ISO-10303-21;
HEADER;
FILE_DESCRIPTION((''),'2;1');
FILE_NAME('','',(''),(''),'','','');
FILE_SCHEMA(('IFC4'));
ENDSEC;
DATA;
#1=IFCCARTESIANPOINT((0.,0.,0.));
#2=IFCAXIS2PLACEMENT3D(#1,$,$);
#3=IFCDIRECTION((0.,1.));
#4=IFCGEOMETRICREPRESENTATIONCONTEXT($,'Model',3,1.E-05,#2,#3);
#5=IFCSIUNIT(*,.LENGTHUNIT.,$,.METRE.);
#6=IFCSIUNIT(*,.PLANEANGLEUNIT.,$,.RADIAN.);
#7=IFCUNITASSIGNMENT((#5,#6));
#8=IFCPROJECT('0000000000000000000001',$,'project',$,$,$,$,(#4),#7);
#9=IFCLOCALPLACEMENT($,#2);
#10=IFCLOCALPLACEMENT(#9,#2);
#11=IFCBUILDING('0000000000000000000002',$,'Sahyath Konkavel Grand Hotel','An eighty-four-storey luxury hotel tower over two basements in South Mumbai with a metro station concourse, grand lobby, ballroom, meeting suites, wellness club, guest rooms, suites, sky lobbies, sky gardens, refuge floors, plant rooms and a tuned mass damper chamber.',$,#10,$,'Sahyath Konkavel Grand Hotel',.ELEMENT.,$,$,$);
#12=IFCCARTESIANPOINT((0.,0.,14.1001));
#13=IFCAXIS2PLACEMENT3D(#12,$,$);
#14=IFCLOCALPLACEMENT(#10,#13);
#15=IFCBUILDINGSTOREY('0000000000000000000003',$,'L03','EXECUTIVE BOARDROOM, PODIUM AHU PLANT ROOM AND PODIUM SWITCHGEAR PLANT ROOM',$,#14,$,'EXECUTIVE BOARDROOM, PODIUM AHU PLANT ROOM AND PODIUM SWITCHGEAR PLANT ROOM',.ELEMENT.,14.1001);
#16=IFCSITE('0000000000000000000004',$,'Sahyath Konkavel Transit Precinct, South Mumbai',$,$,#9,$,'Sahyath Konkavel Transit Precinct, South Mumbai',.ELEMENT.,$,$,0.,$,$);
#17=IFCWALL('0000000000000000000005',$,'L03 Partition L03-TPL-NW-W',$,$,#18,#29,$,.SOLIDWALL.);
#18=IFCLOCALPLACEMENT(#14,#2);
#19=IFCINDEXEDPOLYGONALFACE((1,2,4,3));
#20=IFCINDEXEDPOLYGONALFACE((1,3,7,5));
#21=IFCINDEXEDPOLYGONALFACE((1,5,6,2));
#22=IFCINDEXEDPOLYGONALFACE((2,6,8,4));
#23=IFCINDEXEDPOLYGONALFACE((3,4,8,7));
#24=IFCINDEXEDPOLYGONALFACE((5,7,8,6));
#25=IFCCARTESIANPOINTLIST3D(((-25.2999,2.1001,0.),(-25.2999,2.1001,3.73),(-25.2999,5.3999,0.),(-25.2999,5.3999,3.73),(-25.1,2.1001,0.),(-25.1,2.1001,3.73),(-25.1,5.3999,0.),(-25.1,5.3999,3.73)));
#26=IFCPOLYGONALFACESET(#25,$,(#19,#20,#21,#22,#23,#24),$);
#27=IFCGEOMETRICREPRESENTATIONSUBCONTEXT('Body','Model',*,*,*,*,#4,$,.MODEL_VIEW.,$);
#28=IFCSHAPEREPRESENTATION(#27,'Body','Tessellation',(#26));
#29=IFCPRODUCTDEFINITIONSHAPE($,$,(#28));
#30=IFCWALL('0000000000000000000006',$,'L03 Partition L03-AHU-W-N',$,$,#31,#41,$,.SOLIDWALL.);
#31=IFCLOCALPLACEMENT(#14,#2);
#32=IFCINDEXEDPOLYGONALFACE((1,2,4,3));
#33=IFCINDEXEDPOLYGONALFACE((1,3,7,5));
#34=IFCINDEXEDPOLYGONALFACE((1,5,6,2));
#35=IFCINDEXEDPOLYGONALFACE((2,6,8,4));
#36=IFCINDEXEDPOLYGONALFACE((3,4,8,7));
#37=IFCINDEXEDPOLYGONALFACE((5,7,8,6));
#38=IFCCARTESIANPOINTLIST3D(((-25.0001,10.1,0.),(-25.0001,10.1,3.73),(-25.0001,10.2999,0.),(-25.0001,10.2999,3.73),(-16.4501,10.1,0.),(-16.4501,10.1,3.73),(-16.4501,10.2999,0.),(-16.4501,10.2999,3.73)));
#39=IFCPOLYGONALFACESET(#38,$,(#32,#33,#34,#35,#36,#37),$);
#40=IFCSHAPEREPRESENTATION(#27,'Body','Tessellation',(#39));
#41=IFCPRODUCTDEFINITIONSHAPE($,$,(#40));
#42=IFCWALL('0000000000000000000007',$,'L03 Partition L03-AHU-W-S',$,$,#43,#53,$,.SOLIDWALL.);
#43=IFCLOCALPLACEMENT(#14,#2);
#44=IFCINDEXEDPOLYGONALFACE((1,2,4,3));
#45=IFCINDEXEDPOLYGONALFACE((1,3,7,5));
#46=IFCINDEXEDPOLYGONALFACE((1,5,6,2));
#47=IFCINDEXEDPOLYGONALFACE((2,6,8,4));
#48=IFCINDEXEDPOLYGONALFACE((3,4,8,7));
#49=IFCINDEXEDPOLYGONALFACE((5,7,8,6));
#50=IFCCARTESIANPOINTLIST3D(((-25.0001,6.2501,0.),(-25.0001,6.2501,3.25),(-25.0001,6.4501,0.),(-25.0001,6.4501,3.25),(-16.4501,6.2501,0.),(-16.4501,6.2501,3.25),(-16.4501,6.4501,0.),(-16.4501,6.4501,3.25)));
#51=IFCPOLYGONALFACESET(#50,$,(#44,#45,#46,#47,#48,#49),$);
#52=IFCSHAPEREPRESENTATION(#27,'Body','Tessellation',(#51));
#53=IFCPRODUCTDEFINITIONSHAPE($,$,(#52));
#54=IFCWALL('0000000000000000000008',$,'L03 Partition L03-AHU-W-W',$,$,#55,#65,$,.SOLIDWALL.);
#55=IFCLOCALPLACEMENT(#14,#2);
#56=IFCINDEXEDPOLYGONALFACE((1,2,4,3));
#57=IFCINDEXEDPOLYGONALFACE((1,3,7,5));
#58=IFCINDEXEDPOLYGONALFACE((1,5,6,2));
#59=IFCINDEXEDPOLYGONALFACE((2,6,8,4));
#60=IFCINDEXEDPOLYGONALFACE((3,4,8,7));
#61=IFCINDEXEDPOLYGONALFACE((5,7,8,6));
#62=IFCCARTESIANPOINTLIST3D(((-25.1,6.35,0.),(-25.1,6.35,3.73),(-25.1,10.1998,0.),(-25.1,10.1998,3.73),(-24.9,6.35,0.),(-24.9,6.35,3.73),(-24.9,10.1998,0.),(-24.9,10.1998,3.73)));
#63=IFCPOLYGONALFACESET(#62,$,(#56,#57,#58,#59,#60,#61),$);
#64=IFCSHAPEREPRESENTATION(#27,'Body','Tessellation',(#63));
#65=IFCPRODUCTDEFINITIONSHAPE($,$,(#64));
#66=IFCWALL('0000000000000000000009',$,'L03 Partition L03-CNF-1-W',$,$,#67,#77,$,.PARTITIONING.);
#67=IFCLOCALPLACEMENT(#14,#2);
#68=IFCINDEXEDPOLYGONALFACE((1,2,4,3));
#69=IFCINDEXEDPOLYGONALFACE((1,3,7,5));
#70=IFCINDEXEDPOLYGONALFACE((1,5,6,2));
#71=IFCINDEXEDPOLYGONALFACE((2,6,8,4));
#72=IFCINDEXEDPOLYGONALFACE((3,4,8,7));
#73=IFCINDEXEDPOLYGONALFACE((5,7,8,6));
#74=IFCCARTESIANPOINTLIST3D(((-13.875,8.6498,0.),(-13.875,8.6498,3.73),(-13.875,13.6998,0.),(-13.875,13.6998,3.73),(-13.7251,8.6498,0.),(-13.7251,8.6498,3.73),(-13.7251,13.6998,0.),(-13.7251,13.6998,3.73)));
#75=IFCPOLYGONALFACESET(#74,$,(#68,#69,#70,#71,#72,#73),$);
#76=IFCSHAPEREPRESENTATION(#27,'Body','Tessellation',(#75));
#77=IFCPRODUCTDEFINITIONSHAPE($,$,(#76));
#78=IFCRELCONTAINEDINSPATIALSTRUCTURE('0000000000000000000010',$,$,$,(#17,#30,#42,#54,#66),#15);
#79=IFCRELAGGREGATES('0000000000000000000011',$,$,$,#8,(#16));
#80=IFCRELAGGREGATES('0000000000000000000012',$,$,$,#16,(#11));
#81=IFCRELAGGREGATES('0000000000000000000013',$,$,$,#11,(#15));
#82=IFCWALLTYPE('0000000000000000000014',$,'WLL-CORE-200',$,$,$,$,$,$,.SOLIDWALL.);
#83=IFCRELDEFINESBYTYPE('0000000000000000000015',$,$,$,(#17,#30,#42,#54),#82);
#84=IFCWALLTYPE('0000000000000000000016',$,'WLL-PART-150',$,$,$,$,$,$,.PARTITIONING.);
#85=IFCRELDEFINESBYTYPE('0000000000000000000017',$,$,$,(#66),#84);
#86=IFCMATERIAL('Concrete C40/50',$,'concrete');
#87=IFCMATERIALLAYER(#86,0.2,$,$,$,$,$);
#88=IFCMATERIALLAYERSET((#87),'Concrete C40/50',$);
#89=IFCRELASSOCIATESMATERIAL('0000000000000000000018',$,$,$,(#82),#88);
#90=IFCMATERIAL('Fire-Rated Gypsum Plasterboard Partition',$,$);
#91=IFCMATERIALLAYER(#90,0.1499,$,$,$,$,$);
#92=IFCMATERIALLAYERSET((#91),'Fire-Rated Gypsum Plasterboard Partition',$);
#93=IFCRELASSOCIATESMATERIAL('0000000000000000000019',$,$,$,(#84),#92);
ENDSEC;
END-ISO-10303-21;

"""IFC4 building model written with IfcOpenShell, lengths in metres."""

from ifc_helpers import new_model, si_unit, direction, frame, frame_2d, origin, place, context, subcontext, project, spatial, rectangle, extrude, material, layer, layer_set, type_object, element, save


model = new_model("IFC4")

# Units and contexts
model_context = context("Model", 3, precision=1e-05, world=origin(), true_north=direction((0.0, 1.0)))
body_context = subcontext(model_context, "Body", "Model", "MODEL_VIEW")
ifc_project = project(units=[si_unit("LENGTHUNIT", "METRE"), si_unit("PLANEANGLEUNIT", "RADIAN")], contexts=[model_context])

# Site, building, storey
site_placement = place(None, origin())
site = spatial("IfcSite", under=ifc_project, at=site_placement, Name="Sahyath Konkavel Transit Precinct, South Mumbai", LongName="Sahyath Konkavel Transit Precinct, South Mumbai", CompositionType="ELEMENT", RefElevation=0.0)
building_placement = place(site_placement, origin())
building = spatial("IfcBuilding", under=site, at=building_placement, Name="Sahyath Konkavel Grand Hotel", Description="An eighty-four-storey luxury hotel tower over two basements in South Mumbai with a metro station concourse, grand lobby, ballroom, meeting suites, wellness club, guest rooms, suites, sky lobbies, sky gardens, refuge floors, plant rooms and a tuned mass damper chamber.", LongName="Sahyath Konkavel Grand Hotel", CompositionType="ELEMENT")
storey_placement = place(building_placement, frame((0.0, 0.0, 14.1001)))
storey = spatial("IfcBuildingStorey", under=building, at=storey_placement, Name="L03", Description="EXECUTIVE BOARDROOM, PODIUM AHU PLANT ROOM AND PODIUM SWITCHGEAR PLANT ROOM", LongName="EXECUTIVE BOARDROOM, PODIUM AHU PLANT ROOM AND PODIUM SWITCHGEAR PLANT ROOM", CompositionType="ELEMENT", Elevation=14.1001)

# Shared definitions
ifc_material_1 = material(Name="Concrete C40/50", Category="concrete")

# Walls
ifc_layer_1 = layer(ifc_material_1, 0.2)
ifc_layer_set_1 = layer_set([ifc_layer_1], Name="Concrete C40/50")
wall_type_1 = type_object("IfcWallType", Name="WLL-CORE-200", PredefinedType="SOLIDWALL", material=ifc_layer_set_1)
wall_1_placement = place(storey_placement, frame((-25.2, 2.1001, 0.0), z_axis=(0.0, 0.0, 1.0), x_axis=(0.0, 1.0, 0.0)))
element("IfcWall", 1, at=wall_1_placement, inside=storey, type_object=wall_type_1, Name="L03 Partition L03-TPL-NW-W", PredefinedType="SOLIDWALL", context=body_context, shape_type="SweptSolid", body=[
    extrude(rectangle(XDim=3.2998, YDim=0.2, at=frame_2d((1.6499, 0.0))), origin(), (0.0, 0.0, 1.0), 3.73),
])
wall_2_placement = place(storey_placement, frame((-25.0, 10.2, 0.0), z_axis=(0.0, 0.0, 1.0), x_axis=(1.0, 0.0, 0.0)))
element("IfcWall", 2, at=wall_2_placement, inside=storey, type_object=wall_type_1, Name="L03 Partition L03-AHU-W-N", PredefinedType="SOLIDWALL", context=body_context, shape_type="SweptSolid", body=[
    extrude(rectangle(XDim=8.55, YDim=0.2, at=frame_2d((4.2749, 0.0))), origin(), (0.0, 0.0, 1.0), 3.73),
])
wall_3_placement = place(storey_placement, frame((-25.0, 6.3501, 0.0), z_axis=(0.0, 0.0, 1.0), x_axis=(1.0, 0.0, 0.0)))
element("IfcWall", 3, at=wall_3_placement, inside=storey, type_object=wall_type_1, Name="L03 Partition L03-AHU-W-S", PredefinedType="SOLIDWALL", context=body_context, shape_type="SweptSolid", body=[
    extrude(rectangle(XDim=8.55, YDim=0.2, at=frame_2d((4.2749, 0.0))), origin(), (0.0, 0.0, 1.0), 3.25),
])
wall_4_placement = place(storey_placement, frame((-25.0, 6.3501, 0.0), z_axis=(0.0, 0.0, 1.0), x_axis=(0.0, 1.0, 0.0)))
element("IfcWall", 4, at=wall_4_placement, inside=storey, type_object=wall_type_1, Name="L03 Partition L03-AHU-W-W", PredefinedType="SOLIDWALL", context=body_context, shape_type="SweptSolid", body=[
    extrude(rectangle(XDim=3.8499, YDim=0.2, at=frame_2d((1.9248, 0.0))), origin(), (0.0, 0.0, 1.0), 3.73),
])

# Shared definitions
ifc_material_2 = material(Name="Fire-Rated Gypsum Plasterboard Partition")
ifc_layer_2 = layer(ifc_material_2, 0.1499)
ifc_layer_set_2 = layer_set([ifc_layer_2], Name="Fire-Rated Gypsum Plasterboard Partition")
wall_type_2 = type_object("IfcWallType", Name="WLL-PART-150", PredefinedType="PARTITIONING", material=ifc_layer_set_2)

# Wall
wall_5_placement = place(storey_placement, frame((-13.8, 8.6499, 0.0), z_axis=(0.0, 0.0, 1.0), x_axis=(0.0, 1.0, 0.0)))
element("IfcWall", 5, at=wall_5_placement, inside=storey, type_object=wall_type_2, Name="L03 Partition L03-CNF-1-W", PredefinedType="PARTITIONING", context=body_context, shape_type="SweptSolid", body=[
    extrude(rectangle(XDim=5.05, YDim=0.1499, at=frame_2d((2.5249, 0.0))), origin(), (0.0, 0.0, 1.0), 3.73),
])

save(model, "model.ifc")
